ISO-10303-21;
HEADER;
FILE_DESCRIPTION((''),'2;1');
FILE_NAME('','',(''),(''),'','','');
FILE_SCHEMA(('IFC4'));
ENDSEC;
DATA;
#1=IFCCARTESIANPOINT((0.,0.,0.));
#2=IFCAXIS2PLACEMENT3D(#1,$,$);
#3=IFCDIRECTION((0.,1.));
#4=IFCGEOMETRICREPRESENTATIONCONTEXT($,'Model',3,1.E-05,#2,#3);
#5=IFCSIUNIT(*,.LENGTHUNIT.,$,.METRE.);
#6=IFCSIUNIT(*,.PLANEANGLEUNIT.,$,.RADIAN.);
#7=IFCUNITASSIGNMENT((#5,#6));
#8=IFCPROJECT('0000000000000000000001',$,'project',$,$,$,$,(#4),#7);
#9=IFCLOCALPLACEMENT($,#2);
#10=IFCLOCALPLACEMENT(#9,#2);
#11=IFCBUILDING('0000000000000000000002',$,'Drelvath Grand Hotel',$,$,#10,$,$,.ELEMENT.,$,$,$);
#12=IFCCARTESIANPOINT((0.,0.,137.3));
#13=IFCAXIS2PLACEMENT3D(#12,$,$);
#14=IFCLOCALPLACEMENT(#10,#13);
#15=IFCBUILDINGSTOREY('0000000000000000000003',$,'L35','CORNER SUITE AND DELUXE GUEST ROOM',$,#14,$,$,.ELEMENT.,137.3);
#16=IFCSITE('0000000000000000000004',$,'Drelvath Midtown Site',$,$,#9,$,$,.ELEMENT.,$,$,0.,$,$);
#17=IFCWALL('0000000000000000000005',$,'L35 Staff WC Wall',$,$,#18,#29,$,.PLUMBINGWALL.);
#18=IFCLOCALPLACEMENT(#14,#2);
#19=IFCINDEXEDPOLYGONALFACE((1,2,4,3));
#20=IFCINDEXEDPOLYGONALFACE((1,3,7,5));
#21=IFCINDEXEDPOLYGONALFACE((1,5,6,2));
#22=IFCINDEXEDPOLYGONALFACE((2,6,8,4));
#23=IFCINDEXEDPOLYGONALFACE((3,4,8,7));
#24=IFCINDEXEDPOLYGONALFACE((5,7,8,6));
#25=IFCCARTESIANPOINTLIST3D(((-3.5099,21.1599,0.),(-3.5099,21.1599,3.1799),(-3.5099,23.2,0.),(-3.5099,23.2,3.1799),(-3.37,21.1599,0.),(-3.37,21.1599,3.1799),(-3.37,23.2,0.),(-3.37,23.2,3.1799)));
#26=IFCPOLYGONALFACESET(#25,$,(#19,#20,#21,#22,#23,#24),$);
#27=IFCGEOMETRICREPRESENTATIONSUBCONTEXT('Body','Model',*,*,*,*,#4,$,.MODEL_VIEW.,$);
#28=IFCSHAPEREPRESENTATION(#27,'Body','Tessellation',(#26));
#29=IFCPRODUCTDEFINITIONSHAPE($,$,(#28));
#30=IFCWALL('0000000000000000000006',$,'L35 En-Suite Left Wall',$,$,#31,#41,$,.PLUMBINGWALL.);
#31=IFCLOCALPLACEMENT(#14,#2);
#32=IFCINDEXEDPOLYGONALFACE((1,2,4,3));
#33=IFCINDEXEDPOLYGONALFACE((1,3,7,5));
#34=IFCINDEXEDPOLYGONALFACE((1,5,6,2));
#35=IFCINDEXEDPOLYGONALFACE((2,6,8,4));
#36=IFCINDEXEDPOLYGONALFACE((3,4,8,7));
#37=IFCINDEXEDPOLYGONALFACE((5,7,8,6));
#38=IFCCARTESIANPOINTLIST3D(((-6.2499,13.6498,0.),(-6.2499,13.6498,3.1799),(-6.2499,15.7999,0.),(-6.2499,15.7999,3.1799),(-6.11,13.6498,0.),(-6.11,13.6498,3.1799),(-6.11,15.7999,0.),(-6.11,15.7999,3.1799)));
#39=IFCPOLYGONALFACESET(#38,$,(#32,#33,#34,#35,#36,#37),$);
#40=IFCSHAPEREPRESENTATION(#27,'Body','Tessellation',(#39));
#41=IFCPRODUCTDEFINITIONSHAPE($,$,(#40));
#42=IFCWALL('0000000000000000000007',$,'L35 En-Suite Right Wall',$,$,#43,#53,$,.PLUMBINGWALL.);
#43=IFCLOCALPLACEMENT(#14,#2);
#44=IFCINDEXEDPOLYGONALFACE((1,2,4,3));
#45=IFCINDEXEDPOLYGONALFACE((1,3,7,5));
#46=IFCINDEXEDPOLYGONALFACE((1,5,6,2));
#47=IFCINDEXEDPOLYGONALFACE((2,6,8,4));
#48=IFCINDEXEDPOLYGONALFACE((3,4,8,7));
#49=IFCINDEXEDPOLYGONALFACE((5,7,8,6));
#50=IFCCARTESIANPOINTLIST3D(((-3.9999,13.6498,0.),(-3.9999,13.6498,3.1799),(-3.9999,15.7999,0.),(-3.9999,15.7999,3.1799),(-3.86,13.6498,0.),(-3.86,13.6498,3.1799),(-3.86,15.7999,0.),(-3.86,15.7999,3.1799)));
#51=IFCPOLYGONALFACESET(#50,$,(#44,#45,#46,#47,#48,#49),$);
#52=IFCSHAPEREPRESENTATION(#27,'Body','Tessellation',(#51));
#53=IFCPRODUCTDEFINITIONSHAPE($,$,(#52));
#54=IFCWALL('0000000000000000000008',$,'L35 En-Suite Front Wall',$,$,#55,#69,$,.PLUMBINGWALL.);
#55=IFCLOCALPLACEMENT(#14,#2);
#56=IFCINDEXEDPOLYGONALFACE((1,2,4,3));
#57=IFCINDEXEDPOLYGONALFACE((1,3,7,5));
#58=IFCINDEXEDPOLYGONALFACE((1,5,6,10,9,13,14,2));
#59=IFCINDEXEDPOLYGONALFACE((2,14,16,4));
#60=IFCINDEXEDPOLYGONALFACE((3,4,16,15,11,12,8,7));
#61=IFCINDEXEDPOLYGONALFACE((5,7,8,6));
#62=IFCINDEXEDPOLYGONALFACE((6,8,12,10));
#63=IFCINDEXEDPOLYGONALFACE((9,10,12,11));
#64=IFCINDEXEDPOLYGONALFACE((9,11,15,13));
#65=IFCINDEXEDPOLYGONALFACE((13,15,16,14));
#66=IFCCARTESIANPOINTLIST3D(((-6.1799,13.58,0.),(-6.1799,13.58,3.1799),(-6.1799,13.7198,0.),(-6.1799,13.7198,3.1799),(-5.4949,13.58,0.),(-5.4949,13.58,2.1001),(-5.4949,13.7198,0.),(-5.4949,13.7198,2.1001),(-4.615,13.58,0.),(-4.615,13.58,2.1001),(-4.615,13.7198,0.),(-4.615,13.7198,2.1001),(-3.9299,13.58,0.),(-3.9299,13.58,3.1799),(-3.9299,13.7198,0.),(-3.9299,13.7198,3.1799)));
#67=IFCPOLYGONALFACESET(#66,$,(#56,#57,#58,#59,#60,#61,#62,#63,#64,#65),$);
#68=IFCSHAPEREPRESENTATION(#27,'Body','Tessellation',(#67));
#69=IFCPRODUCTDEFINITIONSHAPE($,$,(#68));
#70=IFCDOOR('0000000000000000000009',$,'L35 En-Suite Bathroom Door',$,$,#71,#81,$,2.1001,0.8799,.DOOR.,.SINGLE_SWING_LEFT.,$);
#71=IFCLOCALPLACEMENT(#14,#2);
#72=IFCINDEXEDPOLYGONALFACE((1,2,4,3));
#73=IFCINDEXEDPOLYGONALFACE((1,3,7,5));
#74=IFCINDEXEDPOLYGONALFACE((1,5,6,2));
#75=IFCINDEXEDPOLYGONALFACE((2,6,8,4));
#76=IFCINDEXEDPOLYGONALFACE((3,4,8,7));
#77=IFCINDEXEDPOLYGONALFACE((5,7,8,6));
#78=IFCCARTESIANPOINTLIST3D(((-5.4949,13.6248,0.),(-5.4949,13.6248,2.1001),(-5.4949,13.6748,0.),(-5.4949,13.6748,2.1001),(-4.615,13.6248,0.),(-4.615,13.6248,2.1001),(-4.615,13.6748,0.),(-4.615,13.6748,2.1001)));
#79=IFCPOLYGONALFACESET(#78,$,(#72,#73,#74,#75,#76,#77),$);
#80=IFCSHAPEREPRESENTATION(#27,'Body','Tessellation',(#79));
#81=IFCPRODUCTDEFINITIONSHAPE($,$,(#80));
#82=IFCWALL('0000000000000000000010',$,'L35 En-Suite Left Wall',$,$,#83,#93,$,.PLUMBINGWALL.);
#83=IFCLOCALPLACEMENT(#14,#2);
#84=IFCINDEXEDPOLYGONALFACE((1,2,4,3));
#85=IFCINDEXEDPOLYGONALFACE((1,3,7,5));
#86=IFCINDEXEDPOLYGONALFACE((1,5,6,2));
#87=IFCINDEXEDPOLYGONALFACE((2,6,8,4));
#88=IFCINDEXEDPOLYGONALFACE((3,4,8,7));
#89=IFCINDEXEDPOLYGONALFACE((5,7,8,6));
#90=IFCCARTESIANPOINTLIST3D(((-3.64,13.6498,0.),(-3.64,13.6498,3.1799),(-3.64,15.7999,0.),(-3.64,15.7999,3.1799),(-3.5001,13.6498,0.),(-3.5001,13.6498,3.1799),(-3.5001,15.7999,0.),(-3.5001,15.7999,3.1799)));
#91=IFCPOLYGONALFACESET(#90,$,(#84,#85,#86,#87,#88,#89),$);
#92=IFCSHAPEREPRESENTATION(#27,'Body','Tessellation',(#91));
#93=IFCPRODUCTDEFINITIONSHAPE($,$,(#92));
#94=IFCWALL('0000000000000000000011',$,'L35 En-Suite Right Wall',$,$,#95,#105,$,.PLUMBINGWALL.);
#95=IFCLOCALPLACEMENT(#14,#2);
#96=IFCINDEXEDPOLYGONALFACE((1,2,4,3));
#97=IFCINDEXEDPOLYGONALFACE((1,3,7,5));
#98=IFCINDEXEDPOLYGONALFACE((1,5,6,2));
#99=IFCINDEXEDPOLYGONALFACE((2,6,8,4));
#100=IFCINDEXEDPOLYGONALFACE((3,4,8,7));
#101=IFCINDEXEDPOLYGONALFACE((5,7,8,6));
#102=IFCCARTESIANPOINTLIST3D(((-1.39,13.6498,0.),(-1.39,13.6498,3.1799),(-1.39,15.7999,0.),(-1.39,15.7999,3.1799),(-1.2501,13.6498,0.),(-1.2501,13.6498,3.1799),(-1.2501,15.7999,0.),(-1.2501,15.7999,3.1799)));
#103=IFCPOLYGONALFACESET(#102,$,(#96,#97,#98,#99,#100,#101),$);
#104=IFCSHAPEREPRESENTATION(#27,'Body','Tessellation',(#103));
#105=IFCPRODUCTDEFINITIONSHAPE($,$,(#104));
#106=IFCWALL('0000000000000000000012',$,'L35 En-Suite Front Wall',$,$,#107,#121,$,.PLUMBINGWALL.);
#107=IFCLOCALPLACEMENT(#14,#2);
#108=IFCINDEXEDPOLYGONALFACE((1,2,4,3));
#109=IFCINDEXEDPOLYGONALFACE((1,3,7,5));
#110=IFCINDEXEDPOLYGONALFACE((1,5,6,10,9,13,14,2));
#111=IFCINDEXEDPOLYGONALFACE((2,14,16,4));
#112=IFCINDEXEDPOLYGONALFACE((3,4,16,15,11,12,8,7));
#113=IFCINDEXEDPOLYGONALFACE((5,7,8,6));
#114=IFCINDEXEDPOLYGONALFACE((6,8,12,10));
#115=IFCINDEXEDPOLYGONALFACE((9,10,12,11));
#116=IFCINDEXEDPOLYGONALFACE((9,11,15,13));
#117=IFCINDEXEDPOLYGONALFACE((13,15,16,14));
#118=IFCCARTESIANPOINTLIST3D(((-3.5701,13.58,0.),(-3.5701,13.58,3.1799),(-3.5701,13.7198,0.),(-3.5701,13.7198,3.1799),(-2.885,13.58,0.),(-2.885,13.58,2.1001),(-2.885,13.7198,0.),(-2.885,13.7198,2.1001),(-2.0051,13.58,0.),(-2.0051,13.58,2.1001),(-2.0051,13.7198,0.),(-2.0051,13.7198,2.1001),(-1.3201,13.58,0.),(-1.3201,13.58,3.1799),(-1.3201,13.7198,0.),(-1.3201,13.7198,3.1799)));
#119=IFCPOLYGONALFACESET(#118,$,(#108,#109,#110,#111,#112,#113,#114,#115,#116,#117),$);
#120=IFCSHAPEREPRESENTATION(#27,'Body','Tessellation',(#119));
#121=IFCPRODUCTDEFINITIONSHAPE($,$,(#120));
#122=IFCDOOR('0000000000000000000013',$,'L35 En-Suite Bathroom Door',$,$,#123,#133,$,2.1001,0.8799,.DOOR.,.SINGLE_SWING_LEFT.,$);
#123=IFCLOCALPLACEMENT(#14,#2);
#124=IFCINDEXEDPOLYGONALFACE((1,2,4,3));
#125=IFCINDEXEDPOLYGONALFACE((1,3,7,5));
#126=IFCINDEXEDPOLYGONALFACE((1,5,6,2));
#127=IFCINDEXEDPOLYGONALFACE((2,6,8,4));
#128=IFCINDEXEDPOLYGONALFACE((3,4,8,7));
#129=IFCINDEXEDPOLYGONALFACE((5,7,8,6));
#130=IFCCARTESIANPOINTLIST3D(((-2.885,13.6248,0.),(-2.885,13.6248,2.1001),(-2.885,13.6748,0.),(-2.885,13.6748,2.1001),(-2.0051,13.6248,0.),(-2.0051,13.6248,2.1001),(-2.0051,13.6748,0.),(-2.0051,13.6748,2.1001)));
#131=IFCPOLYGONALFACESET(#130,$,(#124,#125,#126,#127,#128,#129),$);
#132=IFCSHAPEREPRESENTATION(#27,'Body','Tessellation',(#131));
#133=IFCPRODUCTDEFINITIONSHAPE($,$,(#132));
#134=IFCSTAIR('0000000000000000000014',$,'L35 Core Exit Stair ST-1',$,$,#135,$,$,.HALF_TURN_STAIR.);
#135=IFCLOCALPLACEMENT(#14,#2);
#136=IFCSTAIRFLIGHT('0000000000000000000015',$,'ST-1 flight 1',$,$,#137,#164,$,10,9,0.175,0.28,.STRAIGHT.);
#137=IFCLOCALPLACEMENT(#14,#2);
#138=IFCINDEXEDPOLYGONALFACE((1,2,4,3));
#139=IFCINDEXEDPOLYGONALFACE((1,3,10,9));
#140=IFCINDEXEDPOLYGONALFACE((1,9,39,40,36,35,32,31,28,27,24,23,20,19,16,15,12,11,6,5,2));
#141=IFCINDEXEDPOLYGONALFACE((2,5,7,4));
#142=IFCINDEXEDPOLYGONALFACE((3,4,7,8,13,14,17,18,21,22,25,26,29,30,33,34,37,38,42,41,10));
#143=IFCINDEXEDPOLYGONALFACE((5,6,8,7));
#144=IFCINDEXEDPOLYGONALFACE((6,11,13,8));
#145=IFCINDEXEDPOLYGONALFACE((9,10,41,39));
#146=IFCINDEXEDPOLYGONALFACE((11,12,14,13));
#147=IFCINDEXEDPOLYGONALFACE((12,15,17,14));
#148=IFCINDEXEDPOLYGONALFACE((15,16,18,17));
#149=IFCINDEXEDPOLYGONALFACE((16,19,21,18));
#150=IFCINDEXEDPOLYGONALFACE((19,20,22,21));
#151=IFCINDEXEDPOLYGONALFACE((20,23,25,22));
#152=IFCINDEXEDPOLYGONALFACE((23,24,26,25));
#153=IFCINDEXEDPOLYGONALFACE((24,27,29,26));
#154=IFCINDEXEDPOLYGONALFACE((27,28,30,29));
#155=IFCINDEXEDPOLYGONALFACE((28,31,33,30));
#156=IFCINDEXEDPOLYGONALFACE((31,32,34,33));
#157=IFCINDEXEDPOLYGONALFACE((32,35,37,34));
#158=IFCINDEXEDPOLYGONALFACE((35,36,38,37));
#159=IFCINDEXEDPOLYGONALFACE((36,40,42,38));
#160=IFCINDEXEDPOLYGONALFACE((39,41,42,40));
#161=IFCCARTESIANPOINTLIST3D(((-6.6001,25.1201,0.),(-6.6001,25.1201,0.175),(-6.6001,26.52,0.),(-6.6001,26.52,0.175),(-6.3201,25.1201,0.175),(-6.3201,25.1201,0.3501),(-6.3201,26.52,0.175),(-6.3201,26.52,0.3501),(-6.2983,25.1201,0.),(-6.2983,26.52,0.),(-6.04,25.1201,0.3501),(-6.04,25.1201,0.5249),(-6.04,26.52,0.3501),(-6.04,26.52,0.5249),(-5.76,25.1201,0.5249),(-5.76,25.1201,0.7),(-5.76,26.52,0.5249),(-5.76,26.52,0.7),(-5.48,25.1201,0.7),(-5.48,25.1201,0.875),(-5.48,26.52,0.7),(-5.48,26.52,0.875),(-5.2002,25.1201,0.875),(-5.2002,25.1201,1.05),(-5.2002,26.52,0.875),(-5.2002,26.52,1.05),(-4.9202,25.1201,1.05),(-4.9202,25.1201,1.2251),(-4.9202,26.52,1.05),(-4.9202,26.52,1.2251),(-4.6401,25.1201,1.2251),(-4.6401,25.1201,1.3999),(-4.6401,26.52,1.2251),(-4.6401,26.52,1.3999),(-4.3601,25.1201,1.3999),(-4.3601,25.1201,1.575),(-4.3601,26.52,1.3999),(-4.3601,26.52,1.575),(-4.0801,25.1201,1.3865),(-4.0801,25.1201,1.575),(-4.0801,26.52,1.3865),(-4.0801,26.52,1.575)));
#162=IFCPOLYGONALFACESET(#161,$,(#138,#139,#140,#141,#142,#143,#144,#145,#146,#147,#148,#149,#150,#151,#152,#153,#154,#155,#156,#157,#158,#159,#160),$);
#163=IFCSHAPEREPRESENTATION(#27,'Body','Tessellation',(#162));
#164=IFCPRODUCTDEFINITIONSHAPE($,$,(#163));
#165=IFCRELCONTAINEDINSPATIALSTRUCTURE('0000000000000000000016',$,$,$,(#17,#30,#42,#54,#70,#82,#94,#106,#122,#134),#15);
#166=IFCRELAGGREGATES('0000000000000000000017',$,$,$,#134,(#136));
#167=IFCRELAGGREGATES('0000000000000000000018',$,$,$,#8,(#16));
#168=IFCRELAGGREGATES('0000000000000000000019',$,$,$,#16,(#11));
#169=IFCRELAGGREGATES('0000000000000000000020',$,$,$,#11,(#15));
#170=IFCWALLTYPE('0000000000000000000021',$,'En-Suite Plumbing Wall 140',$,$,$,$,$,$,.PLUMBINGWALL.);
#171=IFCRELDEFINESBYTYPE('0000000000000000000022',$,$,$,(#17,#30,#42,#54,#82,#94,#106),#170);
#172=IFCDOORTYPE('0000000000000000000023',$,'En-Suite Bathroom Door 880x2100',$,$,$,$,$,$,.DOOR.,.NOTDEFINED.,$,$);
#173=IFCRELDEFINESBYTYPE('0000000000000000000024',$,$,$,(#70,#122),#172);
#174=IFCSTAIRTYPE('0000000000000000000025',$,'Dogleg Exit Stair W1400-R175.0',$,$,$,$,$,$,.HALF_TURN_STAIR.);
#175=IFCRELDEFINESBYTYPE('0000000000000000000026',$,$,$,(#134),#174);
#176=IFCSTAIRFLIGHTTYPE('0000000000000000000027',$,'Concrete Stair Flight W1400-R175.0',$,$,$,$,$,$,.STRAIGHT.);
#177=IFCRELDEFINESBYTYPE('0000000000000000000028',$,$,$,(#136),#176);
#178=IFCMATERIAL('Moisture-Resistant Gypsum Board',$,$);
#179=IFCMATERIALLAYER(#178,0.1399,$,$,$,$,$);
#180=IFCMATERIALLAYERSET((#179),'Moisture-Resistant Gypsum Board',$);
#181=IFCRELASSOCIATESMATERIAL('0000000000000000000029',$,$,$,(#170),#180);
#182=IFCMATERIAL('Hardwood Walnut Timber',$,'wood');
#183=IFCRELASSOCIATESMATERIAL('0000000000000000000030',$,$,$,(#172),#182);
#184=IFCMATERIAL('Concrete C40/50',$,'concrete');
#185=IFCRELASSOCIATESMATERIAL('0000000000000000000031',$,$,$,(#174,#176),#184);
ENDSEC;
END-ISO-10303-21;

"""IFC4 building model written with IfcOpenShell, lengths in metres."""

from ifc_helpers import new_model, si_unit, direction, frame, frame_2d, origin, place, context, subcontext, project, spatial, polyline, rectangle, outline, extrude, material, layer, layer_set, type_object, element, fill, aggregate, save


model = new_model("IFC4")

# Units and contexts
model_context = context("Model", 3, precision=1e-05, world=origin(), true_north=direction((0.0, 1.0)))
body_context = subcontext(model_context, "Body", "Model", "MODEL_VIEW")
ifc_project = project(units=[si_unit("LENGTHUNIT", "METRE"), si_unit("PLANEANGLEUNIT", "RADIAN")], contexts=[model_context])

# Site, building, storey
site_placement = place(None, origin())
site = spatial("IfcSite", under=ifc_project, at=site_placement, Name="Drelvath Midtown Site", CompositionType="ELEMENT", RefElevation=0.0)
building_placement = place(site_placement, origin())
building = spatial("IfcBuilding", under=site, at=building_placement, Name="Drelvath Grand Hotel", CompositionType="ELEMENT")
storey_placement = place(building_placement, frame((0.0, 0.0, 137.3)))
storey = spatial("IfcBuildingStorey", under=building, at=storey_placement, Name="L35", Description="CORNER SUITE AND DELUXE GUEST ROOM", CompositionType="ELEMENT", Elevation=137.3)

# Walls
ifc_material_1 = material(Name="Moisture-Resistant Gypsum Board")
ifc_layer = layer(ifc_material_1, 0.1399)
ifc_layer_set = layer_set([ifc_layer], Name="Moisture-Resistant Gypsum Board")
wall_type = type_object("IfcWallType", Name="En-Suite Plumbing Wall 140", PredefinedType="PLUMBINGWALL", material=ifc_layer_set)
wall_1_placement = place(storey_placement, frame((-3.4399, 21.1599, 0.0), z_axis=(0.0, 0.0, 1.0), x_axis=(0.0, 1.0, 0.0)))
element("IfcWall", 1, at=wall_1_placement, inside=storey, type_object=wall_type, Name="L35 Staff WC Wall", PredefinedType="PLUMBINGWALL", context=body_context, shape_type="SweptSolid", body=[
    extrude(rectangle(XDim=2.04, YDim=0.1399, at=frame_2d((1.02, 0.0))), origin(), (0.0, 0.0, 1.0), 3.1799),
])
for number, where, z_axis, x_axis, name in (
    (2, (-6.1799, 15.8, 0.0), (0.0, 0.0, 1.0), (0.0, -1.0, 0.0), "L35 En-Suite Left Wall"),
    (3, (-3.9299, 15.8, 0.0), (0.0, 0.0, 1.0), (0.0, -1.0, 0.0), "L35 En-Suite Right Wall"),
):
    element("IfcWall", number, at=place(storey_placement, frame(where, z_axis=z_axis, x_axis=x_axis)), inside=storey, type_object=wall_type, Name=name, PredefinedType="PLUMBINGWALL", context=body_context, shape_type="SweptSolid", body=[
        extrude(rectangle(XDim=2.1501, YDim=0.1399, at=frame_2d((1.0752, 0.0))), origin(), (0.0, 0.0, 1.0), 3.1799),
    ])

# Wall, opening, door
wall_2_placement = place(storey_placement, frame((-6.1799, 13.6499, 0.0), z_axis=(0.0, 0.0, 1.0), x_axis=(1.0, 0.0, 0.0)))
wall_2 = element("IfcWall", 4, at=wall_2_placement, inside=storey, type_object=wall_type, Name="L35 En-Suite Front Wall", PredefinedType="PLUMBINGWALL", context=body_context, shape_type="SweptSolid", body=[
    extrude(rectangle(XDim=2.25, YDim=0.1399, at=frame_2d((1.125, 0.0))), origin(), (0.0, 0.0, 1.0), 3.1799),
])
opening_1_placement = place(wall_2_placement, frame((0.6851, 0.0, 0.0)))
opening_1 = element("IfcOpeningElement", 5, at=opening_1_placement, cuts=wall_2, PredefinedType="OPENING", context=body_context, shape_type="SweptSolid", body=[
    extrude(rectangle(XDim=0.8799, YDim=2.1001, at=frame_2d((0.4399, 1.05))), frame((0.0, 0.0798, 0.0), z_axis=(0.0, -1.0, 0.0), x_axis=(1.0, 0.0, 0.0)), (0.0, 0.0, 1.0), 0.1599),
])
ifc_material_2 = material(Name="Hardwood Walnut Timber", Category="wood")
door_type = type_object("IfcDoorType", Name="En-Suite Bathroom Door 880x2100", OperationType="NOTDEFINED", PredefinedType="DOOR", material=ifc_material_2)
door_1_placement = place(opening_1_placement, origin())
door_1 = element("IfcDoor", 6, at=door_1_placement, inside=storey, type_object=door_type, Name="L35 En-Suite Bathroom Door", OperationType="SINGLE_SWING_LEFT", OverallHeight=2.1001, OverallWidth=0.8799, PredefinedType="DOOR", context=body_context, shape_type="SweptSolid", body=[
    extrude(rectangle(XDim=0.8799, YDim=2.1001, at=frame_2d((0.4399, 1.05))), frame((0.0, 0.0249, 0.0), z_axis=(0.0, -1.0, 0.0), x_axis=(1.0, 0.0, 0.0)), (0.0, 0.0, 1.0), 0.05),
])
fill(opening_1, door_1)

# Walls
for number, where, z_axis, x_axis, name in (
    (7, (-3.5701, 15.8, 0.0), (0.0, 0.0, 1.0), (0.0, -1.0, 0.0), "L35 En-Suite Left Wall"),
    (8, (-1.3201, 15.8, 0.0), (0.0, 0.0, 1.0), (0.0, -1.0, 0.0), "L35 En-Suite Right Wall"),
):
    element("IfcWall", number, at=place(storey_placement, frame(where, z_axis=z_axis, x_axis=x_axis)), inside=storey, type_object=wall_type, Name=name, PredefinedType="PLUMBINGWALL", context=body_context, shape_type="SweptSolid", body=[
        extrude(rectangle(XDim=2.1501, YDim=0.1399, at=frame_2d((1.0752, 0.0))), origin(), (0.0, 0.0, 1.0), 3.1799),
    ])

# Wall, opening, door
wall_3_placement = place(storey_placement, frame((-3.5701, 13.6499, 0.0), z_axis=(0.0, 0.0, 1.0), x_axis=(1.0, 0.0, 0.0)))
wall_3 = element("IfcWall", 9, at=wall_3_placement, inside=storey, type_object=wall_type, Name="L35 En-Suite Front Wall", PredefinedType="PLUMBINGWALL", context=body_context, shape_type="SweptSolid", body=[
    extrude(rectangle(XDim=2.25, YDim=0.1399, at=frame_2d((1.125, 0.0))), origin(), (0.0, 0.0, 1.0), 3.1799),
])
opening_2_placement = place(wall_3_placement, frame((0.6851, 0.0, 0.0)))
opening_2 = element("IfcOpeningElement", 10, at=opening_2_placement, cuts=wall_3, PredefinedType="OPENING", context=body_context, shape_type="SweptSolid", body=[
    extrude(rectangle(XDim=0.8799, YDim=2.1001, at=frame_2d((0.4399, 1.05))), frame((0.0, 0.0798, 0.0), z_axis=(0.0, -1.0, 0.0), x_axis=(1.0, 0.0, 0.0)), (0.0, 0.0, 1.0), 0.1599),
])
door_2_placement = place(opening_2_placement, origin())
door_2 = element("IfcDoor", 11, at=door_2_placement, inside=storey, type_object=door_type, Name="L35 En-Suite Bathroom Door", OperationType="SINGLE_SWING_LEFT", OverallHeight=2.1001, OverallWidth=0.8799, PredefinedType="DOOR", context=body_context, shape_type="SweptSolid", body=[
    extrude(rectangle(XDim=0.8799, YDim=2.1001, at=frame_2d((0.4399, 1.05))), frame((0.0, 0.0249, 0.0), z_axis=(0.0, -1.0, 0.0), x_axis=(1.0, 0.0, 0.0)), (0.0, 0.0, 1.0), 0.05),
])
fill(opening_2, door_2)

# Stair, stair flight
ifc_material_3 = material(Name="Concrete C40/50", Category="concrete")
stair_type = type_object("IfcStairType", Name="Dogleg Exit Stair W1400-R175.0", PredefinedType="HALF_TURN_STAIR", material=ifc_material_3)
stair_placement = place(storey_placement, origin())
stair = element("IfcStair", 12, at=stair_placement, inside=storey, type_object=stair_type, Name="L35 Core Exit Stair ST-1", PredefinedType="HALF_TURN_STAIR")
stair_flight_type = type_object("IfcStairFlightType", Name="Concrete Stair Flight W1400-R175.0", PredefinedType="STRAIGHT", material=ifc_material_3)
stair_flight_placement = place(storey_placement, frame((-6.6001, 25.8201, 0.0), z_axis=(0.0, 0.0, 1.0), x_axis=(1.0, 0.0, 0.0)))
stair_flight = element("IfcStairFlight", 13, at=stair_flight_placement, type_object=stair_flight_type, Name="ST-1 flight 1", NumberOfRisers=10, NumberOfTreads=9, PredefinedType="STRAIGHT", RiserHeight=0.175, TreadLength=0.28, context=body_context, shape_type="SweptSolid", body=[
    extrude(outline(polyline([(0.0, 0.0), (0.0, 0.175), (0.28, 0.175), (0.28, 0.3501), (0.5601, 0.3501), (0.5601, 0.5249), (0.8401, 0.5249), (0.8401, 0.7), (1.1201, 0.7), (1.1201, 0.875), (1.3999, 0.875), (1.3999, 1.05), (1.6799, 1.05), (1.6799, 1.2251), (1.96, 1.2251), (1.96, 1.3999), (2.24, 1.3999), (2.24, 1.575), (2.52, 1.575), (2.52, 1.75), (2.52, 1.3865), (0.3018, 0.0), (0.0, 0.0)])), frame((0.0, 0.7, 0.0), z_axis=(0.0, -1.0, 0.0), x_axis=(1.0, 0.0, 0.0)), (0.0, 0.0, 1.0), 1.3999),
])
aggregate(stair, [stair_flight])

save(model, "model.ifc")
